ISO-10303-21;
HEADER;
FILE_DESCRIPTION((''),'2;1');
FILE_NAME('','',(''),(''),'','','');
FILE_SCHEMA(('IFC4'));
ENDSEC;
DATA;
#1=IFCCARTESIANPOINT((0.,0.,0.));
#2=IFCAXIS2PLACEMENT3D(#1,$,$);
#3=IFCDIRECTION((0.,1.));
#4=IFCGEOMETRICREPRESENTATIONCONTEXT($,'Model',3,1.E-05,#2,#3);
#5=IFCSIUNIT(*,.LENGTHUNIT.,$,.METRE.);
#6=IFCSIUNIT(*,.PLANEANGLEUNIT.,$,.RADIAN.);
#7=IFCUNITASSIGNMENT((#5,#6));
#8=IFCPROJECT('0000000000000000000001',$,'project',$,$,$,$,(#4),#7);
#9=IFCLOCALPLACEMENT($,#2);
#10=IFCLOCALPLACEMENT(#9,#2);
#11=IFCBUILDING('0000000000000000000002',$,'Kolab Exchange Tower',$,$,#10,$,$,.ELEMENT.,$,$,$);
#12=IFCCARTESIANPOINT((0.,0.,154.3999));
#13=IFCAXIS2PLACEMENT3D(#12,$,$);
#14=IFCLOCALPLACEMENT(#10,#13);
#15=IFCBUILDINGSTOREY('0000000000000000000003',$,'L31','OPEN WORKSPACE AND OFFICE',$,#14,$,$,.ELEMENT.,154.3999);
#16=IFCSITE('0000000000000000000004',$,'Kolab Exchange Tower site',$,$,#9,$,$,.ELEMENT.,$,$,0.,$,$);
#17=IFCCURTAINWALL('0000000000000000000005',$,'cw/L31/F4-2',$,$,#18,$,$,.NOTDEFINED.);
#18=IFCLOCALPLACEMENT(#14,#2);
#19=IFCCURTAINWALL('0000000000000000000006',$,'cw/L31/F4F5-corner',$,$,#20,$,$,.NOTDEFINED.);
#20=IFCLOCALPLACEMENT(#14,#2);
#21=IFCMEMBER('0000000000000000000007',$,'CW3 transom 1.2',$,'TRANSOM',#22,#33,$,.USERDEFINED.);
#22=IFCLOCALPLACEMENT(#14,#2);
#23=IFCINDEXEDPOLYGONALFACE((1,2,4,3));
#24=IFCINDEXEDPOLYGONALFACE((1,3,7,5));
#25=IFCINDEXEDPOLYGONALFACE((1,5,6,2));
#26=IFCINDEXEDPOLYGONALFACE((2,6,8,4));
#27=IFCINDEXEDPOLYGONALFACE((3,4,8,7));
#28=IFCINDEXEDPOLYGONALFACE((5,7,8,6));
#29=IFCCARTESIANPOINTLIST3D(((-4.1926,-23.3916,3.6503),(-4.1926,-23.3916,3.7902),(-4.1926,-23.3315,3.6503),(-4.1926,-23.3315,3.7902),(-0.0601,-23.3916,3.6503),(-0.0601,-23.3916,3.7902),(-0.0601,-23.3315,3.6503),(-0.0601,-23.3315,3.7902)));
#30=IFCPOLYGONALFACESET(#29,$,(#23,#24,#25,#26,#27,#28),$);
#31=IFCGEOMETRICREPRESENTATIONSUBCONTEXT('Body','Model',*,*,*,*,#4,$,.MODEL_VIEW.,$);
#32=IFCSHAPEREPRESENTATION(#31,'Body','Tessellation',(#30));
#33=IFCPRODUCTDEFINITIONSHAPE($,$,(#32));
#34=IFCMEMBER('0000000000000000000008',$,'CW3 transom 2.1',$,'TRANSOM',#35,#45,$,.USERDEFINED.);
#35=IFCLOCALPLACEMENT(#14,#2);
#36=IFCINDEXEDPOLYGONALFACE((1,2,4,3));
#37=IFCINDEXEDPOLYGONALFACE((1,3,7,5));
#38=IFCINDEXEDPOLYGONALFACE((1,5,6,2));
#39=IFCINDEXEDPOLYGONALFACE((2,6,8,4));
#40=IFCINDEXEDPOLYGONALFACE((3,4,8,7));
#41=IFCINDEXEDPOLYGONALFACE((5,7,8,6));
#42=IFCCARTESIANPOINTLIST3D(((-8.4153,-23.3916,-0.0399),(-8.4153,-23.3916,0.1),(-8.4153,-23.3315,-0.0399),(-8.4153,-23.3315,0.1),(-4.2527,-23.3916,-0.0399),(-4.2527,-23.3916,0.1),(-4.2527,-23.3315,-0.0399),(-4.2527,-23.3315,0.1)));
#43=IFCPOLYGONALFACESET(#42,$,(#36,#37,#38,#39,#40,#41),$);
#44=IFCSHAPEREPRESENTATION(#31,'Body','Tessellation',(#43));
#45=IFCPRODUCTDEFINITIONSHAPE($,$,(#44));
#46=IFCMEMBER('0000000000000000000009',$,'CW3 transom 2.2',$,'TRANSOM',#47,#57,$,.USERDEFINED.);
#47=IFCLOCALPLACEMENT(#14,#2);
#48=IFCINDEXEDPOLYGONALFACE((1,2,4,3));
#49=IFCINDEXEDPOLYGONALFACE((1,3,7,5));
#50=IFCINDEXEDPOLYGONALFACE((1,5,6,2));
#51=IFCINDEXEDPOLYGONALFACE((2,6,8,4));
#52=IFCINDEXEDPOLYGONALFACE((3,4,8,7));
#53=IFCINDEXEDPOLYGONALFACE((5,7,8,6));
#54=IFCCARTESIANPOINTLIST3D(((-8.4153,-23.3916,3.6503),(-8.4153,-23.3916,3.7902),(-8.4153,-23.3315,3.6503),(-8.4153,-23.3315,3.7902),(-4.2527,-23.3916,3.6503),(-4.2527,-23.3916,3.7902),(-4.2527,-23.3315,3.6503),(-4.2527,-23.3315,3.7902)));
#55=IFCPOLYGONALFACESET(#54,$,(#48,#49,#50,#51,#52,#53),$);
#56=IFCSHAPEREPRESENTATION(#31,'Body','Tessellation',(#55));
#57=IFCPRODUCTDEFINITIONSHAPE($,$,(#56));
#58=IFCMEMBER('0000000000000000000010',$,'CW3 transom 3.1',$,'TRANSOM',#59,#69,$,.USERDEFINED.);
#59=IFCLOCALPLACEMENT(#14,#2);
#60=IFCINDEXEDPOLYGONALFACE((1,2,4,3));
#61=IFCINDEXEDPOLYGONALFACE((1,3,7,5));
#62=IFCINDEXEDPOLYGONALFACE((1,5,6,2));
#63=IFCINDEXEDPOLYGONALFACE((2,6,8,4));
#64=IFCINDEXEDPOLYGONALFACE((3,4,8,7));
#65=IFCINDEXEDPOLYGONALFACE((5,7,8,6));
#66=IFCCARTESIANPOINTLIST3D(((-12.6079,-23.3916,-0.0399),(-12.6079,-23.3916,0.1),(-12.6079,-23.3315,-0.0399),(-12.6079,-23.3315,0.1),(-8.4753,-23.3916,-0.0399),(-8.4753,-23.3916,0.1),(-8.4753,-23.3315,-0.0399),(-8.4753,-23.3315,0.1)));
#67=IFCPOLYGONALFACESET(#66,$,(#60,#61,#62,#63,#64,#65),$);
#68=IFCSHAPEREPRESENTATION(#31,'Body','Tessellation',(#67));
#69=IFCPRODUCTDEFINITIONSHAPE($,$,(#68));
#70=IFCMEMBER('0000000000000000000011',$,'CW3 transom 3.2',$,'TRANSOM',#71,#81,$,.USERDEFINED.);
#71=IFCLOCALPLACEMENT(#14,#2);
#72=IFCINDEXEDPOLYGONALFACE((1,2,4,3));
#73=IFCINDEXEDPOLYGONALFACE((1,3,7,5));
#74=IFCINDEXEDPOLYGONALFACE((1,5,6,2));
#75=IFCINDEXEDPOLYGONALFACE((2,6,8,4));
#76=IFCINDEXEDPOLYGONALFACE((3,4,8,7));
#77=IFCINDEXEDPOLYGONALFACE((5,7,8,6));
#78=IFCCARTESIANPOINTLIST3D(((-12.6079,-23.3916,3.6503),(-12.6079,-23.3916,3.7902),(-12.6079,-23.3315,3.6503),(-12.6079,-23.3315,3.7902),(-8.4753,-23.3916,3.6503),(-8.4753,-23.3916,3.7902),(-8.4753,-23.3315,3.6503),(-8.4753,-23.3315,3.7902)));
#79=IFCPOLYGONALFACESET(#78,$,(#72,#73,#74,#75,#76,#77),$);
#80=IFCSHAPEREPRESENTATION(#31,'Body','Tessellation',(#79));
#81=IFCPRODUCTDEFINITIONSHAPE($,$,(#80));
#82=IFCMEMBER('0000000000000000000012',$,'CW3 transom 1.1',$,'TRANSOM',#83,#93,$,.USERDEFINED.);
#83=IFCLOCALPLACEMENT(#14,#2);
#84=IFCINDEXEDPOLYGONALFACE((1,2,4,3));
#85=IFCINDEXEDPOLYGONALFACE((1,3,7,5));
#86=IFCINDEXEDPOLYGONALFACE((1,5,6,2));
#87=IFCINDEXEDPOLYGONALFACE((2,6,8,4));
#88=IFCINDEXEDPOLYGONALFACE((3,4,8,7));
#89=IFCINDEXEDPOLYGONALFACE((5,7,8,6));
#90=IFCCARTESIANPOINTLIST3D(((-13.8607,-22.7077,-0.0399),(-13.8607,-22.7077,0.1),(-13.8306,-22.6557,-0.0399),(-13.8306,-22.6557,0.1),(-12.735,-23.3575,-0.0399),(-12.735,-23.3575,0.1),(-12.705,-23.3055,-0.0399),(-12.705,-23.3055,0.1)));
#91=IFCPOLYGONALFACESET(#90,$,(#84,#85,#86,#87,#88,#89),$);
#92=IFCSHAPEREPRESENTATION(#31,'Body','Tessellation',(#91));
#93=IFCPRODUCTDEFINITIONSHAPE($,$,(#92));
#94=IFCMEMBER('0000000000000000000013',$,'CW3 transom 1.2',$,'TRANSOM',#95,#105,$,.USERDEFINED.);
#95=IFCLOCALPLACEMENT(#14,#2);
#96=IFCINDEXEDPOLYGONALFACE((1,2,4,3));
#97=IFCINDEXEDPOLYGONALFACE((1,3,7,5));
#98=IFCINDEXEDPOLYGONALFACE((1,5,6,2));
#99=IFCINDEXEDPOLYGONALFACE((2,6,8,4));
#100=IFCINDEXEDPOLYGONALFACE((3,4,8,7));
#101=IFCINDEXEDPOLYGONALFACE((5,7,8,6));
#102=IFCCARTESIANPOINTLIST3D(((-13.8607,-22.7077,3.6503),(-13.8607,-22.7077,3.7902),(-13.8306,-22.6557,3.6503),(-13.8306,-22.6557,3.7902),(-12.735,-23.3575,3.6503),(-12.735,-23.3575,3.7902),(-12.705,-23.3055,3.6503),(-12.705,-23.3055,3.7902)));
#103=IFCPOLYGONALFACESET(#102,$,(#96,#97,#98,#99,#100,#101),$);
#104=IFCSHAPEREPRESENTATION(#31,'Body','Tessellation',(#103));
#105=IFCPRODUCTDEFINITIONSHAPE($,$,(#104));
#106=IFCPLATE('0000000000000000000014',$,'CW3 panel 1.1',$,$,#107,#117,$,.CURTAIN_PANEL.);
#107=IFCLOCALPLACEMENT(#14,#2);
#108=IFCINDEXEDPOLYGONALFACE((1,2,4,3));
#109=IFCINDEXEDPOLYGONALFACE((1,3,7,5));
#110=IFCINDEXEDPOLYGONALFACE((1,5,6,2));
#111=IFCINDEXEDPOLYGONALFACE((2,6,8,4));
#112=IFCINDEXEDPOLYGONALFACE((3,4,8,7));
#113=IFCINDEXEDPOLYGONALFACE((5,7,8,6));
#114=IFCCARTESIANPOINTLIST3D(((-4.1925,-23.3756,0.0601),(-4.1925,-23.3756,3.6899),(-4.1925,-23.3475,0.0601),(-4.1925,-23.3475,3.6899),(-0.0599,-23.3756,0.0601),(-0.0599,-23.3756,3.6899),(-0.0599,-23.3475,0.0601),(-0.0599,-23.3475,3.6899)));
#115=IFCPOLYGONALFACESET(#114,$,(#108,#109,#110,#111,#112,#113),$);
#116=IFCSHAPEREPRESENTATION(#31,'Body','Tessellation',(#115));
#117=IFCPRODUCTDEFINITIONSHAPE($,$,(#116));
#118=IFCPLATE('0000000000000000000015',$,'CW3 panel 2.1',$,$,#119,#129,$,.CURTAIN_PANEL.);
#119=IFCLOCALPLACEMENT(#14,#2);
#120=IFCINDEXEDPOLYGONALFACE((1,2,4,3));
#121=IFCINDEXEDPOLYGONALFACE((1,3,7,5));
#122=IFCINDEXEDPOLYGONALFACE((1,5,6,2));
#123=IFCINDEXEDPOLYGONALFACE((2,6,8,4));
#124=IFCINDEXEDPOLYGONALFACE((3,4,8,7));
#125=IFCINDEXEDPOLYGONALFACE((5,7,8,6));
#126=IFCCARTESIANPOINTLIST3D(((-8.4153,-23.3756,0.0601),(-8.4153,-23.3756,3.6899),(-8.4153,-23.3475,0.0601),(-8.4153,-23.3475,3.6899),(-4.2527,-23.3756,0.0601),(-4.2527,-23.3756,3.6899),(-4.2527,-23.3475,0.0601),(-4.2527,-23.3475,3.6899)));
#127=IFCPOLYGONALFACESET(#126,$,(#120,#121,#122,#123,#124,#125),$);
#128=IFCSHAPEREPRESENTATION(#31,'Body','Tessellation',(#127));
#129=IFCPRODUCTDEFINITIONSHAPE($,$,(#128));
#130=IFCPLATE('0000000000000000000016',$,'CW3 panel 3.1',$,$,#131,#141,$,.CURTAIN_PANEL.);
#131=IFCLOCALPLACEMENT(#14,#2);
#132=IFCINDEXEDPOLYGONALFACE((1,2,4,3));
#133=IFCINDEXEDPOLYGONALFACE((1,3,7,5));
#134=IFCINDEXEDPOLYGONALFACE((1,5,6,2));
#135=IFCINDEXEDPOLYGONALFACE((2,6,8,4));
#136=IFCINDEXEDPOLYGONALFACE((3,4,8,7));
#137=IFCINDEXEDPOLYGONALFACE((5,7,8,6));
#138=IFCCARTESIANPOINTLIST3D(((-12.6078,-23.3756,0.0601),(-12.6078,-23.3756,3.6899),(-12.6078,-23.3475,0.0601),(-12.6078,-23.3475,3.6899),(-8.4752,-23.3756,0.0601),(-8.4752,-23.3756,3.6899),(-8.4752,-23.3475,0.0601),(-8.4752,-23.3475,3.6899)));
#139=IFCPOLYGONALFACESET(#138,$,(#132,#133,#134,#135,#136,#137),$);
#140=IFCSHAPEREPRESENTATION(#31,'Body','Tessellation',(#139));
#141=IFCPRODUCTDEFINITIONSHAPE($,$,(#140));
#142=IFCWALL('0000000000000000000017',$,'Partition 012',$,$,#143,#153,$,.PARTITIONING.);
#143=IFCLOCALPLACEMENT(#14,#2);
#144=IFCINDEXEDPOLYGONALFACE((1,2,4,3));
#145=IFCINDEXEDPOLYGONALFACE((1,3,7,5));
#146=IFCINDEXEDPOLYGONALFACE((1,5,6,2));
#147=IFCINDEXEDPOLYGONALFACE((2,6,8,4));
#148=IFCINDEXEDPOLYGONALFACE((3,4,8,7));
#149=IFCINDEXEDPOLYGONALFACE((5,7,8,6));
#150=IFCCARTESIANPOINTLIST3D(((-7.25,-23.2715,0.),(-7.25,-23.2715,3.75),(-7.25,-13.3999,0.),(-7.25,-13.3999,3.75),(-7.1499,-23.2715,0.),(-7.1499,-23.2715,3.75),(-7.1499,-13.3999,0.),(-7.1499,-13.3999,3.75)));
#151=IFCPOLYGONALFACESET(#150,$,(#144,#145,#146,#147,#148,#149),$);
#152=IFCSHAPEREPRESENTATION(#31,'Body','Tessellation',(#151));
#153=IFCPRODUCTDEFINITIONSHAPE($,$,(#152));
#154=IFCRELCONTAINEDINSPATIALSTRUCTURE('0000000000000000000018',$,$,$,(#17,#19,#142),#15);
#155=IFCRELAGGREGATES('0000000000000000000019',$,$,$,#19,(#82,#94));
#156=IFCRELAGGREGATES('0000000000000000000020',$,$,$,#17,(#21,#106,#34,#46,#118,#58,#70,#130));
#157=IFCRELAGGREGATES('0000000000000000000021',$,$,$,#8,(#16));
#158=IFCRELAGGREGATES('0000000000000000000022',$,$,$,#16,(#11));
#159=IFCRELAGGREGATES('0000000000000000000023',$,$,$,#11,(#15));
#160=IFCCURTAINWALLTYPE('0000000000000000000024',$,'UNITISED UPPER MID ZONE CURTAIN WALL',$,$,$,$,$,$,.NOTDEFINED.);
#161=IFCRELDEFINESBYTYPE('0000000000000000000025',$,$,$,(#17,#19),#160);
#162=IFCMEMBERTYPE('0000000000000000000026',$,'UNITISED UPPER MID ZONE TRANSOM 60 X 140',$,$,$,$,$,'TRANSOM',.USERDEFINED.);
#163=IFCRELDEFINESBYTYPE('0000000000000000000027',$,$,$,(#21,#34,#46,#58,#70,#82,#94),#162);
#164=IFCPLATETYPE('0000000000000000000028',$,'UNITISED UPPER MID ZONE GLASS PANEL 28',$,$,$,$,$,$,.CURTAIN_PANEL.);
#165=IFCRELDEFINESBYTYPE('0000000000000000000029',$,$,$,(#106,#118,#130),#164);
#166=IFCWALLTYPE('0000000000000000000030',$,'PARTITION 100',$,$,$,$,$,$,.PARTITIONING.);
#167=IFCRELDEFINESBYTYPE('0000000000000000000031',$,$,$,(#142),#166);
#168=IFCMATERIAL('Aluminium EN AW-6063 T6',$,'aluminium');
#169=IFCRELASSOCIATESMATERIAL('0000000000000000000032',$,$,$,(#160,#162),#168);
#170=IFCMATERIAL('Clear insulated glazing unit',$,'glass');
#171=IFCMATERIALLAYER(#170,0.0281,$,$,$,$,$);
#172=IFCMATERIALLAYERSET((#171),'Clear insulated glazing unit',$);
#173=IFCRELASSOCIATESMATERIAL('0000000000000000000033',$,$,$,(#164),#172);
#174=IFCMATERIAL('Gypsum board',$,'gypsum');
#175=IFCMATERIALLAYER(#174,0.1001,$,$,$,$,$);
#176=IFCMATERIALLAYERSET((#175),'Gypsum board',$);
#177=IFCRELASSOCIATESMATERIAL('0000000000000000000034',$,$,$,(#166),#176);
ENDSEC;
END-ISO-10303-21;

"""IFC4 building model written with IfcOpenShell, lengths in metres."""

from ifc_helpers import new_model, si_unit, direction, frame, frame_2d, origin, origin_2d, place, context, subcontext, project, spatial, rectangle, extrude, material, layer, layer_set, material_profile, profile_set, type_object, element, aggregate, save


model = new_model("IFC4")

# Units and contexts
model_context = context("Model", 3, precision=1e-05, world=origin(), true_north=direction((0.0, 1.0)))
body_context = subcontext(model_context, "Body", "Model", "MODEL_VIEW")
ifc_project = project(units=[si_unit("LENGTHUNIT", "METRE"), si_unit("PLANEANGLEUNIT", "RADIAN")], contexts=[model_context])

# Site, building, storey
site_placement = place(None, origin())
site = spatial("IfcSite", under=ifc_project, at=site_placement, Name="Kolab Exchange Tower site", CompositionType="ELEMENT", RefElevation=0.0)
building_placement = place(site_placement, origin())
building = spatial("IfcBuilding", under=site, at=building_placement, Name="Kolab Exchange Tower", CompositionType="ELEMENT")
storey_placement = place(building_placement, frame((0.0, 0.0, 154.3999)))
storey = spatial("IfcBuildingStorey", under=building, at=storey_placement, Name="L31", Description="OPEN WORKSPACE AND OFFICE", CompositionType="ELEMENT", Elevation=154.3999)

# Curtain wall
ifc_material_1 = material(Name="Aluminium EN AW-6063 T6", Category="aluminium")
curtain_wall_type = type_object("IfcCurtainWallType", Name="UNITISED UPPER MID ZONE CURTAIN WALL", PredefinedType="NOTDEFINED", material=ifc_material_1)
curtain_wall_1_placement = place(storey_placement, origin())
curtain_wall_1 = element("IfcCurtainWall", 1, at=curtain_wall_1_placement, inside=storey, type_object=curtain_wall_type, Name="cw/L31/F4-2", PredefinedType="NOTDEFINED")

# Curtain wall
curtain_wall_2_placement = place(storey_placement, origin())
curtain_wall_2 = element("IfcCurtainWall", 2, at=curtain_wall_2_placement, inside=storey, type_object=curtain_wall_type, Name="cw/L31/F4F5-corner", PredefinedType="NOTDEFINED")

# Members
ifc_material_profile_1 = material_profile(ifc_material_1, rectangle(XDim=0.0601, YDim=0.1399, at=origin_2d()), Name="RECT 60X140")
ifc_profile_set_1 = profile_set([ifc_material_profile_1], Name="Aluminium EN AW-6063 T6")
member_type_1 = type_object("IfcMemberType", Name="UNITISED UPPER MID ZONE TRANSOM 60 X 140", ElementType="TRANSOM", PredefinedType="USERDEFINED", material=ifc_profile_set_1)
member_1_placement = place(storey_placement, frame((-0.0601, -23.3616, 3.7202), z_axis=(-1.0, 0.0, 0.0), x_axis=(0.0, -1.0, 0.0)))
member_1 = element("IfcMember", 3, at=member_1_placement, type_object=member_type_1, Name="CW3 transom 1.2", ObjectType="TRANSOM", PredefinedType="USERDEFINED", context=body_context, shape_type="SweptSolid", body=[
    extrude(rectangle(XDim=0.0601, YDim=0.1399, at=origin_2d()), origin(), (0.0, 0.0, 1.0), 4.1326),
])
member_2_placement = place(storey_placement, frame((-4.2527, -23.3616, 0.03), z_axis=(-1.0, 0.0, 0.0), x_axis=(0.0, -1.0, 0.0)))
member_2 = element("IfcMember", 4, at=member_2_placement, type_object=member_type_1, Name="CW3 transom 2.1", ObjectType="TRANSOM", PredefinedType="USERDEFINED", context=body_context, shape_type="SweptSolid", body=[
    extrude(rectangle(XDim=0.0601, YDim=0.1399, at=origin_2d()), origin(), (0.0, 0.0, 1.0), 4.1626),
])
member_3_placement = place(storey_placement, frame((-4.2527, -23.3616, 3.7202), z_axis=(-1.0, 0.0, 0.0), x_axis=(0.0, -1.0, 0.0)))
member_3 = element("IfcMember", 5, at=member_3_placement, type_object=member_type_1, Name="CW3 transom 2.2", ObjectType="TRANSOM", PredefinedType="USERDEFINED", context=body_context, shape_type="SweptSolid", body=[
    extrude(rectangle(XDim=0.0601, YDim=0.1399, at=origin_2d()), origin(), (0.0, 0.0, 1.0), 4.1626),
])
member_4_placement = place(storey_placement, frame((-8.4753, -23.3616, 0.03), z_axis=(-1.0, 0.0, 0.0), x_axis=(0.0, -1.0, 0.0)))
member_4 = element("IfcMember", 6, at=member_4_placement, type_object=member_type_1, Name="CW3 transom 3.1", ObjectType="TRANSOM", PredefinedType="USERDEFINED", context=body_context, shape_type="SweptSolid", body=[
    extrude(rectangle(XDim=0.0601, YDim=0.1399, at=origin_2d()), origin(), (0.0, 0.0, 1.0), 4.1326),
])
member_5_placement = place(storey_placement, frame((-8.4753, -23.3616, 3.7202), z_axis=(-1.0, 0.0, 0.0), x_axis=(0.0, -1.0, 0.0)))
member_5 = element("IfcMember", 7, at=member_5_placement, type_object=member_type_1, Name="CW3 transom 3.2", ObjectType="TRANSOM", PredefinedType="USERDEFINED", context=body_context, shape_type="SweptSolid", body=[
    extrude(rectangle(XDim=0.0601, YDim=0.1399, at=origin_2d()), origin(), (0.0, 0.0, 1.0), 4.1326),
])
member_6_placement = place(storey_placement, frame((-12.72, -23.3315, 0.03), z_axis=(-0.866039, 0.499977, 0.0), x_axis=(-0.499977, -0.866039, 0.0)))
member_6 = element("IfcMember", 8, at=member_6_placement, type_object=member_type_1, Name="CW3 transom 1.1", ObjectType="TRANSOM", PredefinedType="USERDEFINED", context=body_context, shape_type="SweptSolid", body=[
    extrude(rectangle(XDim=0.0601, YDim=0.1399, at=origin_2d()), origin(), (0.0, 0.0, 1.0), 1.2998),
])
member_7_placement = place(storey_placement, frame((-12.72, -23.3315, 3.7202), z_axis=(-0.866039, 0.499977, 0.0), x_axis=(-0.499977, -0.866039, 0.0)))
member_7 = element("IfcMember", 9, at=member_7_placement, type_object=member_type_1, Name="CW3 transom 1.2", ObjectType="TRANSOM", PredefinedType="USERDEFINED", context=body_context, shape_type="SweptSolid", body=[
    extrude(rectangle(XDim=0.0601, YDim=0.1399, at=origin_2d()), origin(), (0.0, 0.0, 1.0), 1.2998),
])
aggregate(curtain_wall_2, [member_6, member_7])

# Plates
ifc_material_2 = material(Name="Clear insulated glazing unit", Category="glass")
ifc_layer_1 = layer(ifc_material_2, 0.0281)
ifc_layer_set_1 = layer_set([ifc_layer_1], Name="Clear insulated glazing unit")
plate_type = type_object("IfcPlateType", Name="UNITISED UPPER MID ZONE GLASS PANEL 28", PredefinedType="CURTAIN_PANEL", material=ifc_layer_set_1)
plate_1_placement = place(storey_placement, frame((-2.1262, -23.3616, 0.0601), z_axis=(0.0, 0.0, 1.0), x_axis=(-1.0, 0.0, 0.0)))
plate_1 = element("IfcPlate", 10, at=plate_1_placement, type_object=plate_type, Name="CW3 panel 1.1", PredefinedType="CURTAIN_PANEL", context=body_context, shape_type="SweptSolid", body=[
    extrude(rectangle(XDim=4.1326, YDim=0.0281, at=origin_2d()), origin(), (0.0, 0.0, 1.0), 3.6299),
])
plate_2_placement = place(storey_placement, frame((-6.334, -23.3616, 0.0601), z_axis=(0.0, 0.0, 1.0), x_axis=(-1.0, 0.0, 0.0)))
plate_2 = element("IfcPlate", 11, at=plate_2_placement, type_object=plate_type, Name="CW3 panel 2.1", PredefinedType="CURTAIN_PANEL", context=body_context, shape_type="SweptSolid", body=[
    extrude(rectangle(XDim=4.1626, YDim=0.0281, at=origin_2d()), origin(), (0.0, 0.0, 1.0), 3.6299),
])
plate_3_placement = place(storey_placement, frame((-10.5415, -23.3616, 0.0601), z_axis=(0.0, 0.0, 1.0), x_axis=(-1.0, 0.0, 0.0)))
plate_3 = element("IfcPlate", 12, at=plate_3_placement, type_object=plate_type, Name="CW3 panel 3.1", PredefinedType="CURTAIN_PANEL", context=body_context, shape_type="SweptSolid", body=[
    extrude(rectangle(XDim=4.1326, YDim=0.0281, at=origin_2d()), origin(), (0.0, 0.0, 1.0), 3.6299),
])
aggregate(curtain_wall_1, [member_1, plate_1, member_2, member_3, plate_2, member_4, member_5, plate_3])

# Wall
ifc_material_3 = material(Name="Gypsum board", Category="gypsum")
ifc_layer_2 = layer(ifc_material_3, 0.1001)
ifc_layer_set_2 = layer_set([ifc_layer_2], Name="Gypsum board")
wall_type = type_object("IfcWallType", Name="PARTITION 100", PredefinedType="PARTITIONING", material=ifc_layer_set_2)
wall_placement = place(storey_placement, frame((-7.2, -23.2715, 0.0), z_axis=(0.0, 0.0, 1.0), x_axis=(0.0, 1.0, 0.0)))
element("IfcWall", 13, at=wall_placement, inside=storey, type_object=wall_type, Name="Partition 012", PredefinedType="PARTITIONING", context=body_context, shape_type="SweptSolid", body=[
    extrude(rectangle(XDim=9.8716, YDim=0.1001, at=frame_2d((4.9358, 0.0))), origin(), (0.0, 0.0, 1.0), 3.75),
])

save(model, "model.ifc")
